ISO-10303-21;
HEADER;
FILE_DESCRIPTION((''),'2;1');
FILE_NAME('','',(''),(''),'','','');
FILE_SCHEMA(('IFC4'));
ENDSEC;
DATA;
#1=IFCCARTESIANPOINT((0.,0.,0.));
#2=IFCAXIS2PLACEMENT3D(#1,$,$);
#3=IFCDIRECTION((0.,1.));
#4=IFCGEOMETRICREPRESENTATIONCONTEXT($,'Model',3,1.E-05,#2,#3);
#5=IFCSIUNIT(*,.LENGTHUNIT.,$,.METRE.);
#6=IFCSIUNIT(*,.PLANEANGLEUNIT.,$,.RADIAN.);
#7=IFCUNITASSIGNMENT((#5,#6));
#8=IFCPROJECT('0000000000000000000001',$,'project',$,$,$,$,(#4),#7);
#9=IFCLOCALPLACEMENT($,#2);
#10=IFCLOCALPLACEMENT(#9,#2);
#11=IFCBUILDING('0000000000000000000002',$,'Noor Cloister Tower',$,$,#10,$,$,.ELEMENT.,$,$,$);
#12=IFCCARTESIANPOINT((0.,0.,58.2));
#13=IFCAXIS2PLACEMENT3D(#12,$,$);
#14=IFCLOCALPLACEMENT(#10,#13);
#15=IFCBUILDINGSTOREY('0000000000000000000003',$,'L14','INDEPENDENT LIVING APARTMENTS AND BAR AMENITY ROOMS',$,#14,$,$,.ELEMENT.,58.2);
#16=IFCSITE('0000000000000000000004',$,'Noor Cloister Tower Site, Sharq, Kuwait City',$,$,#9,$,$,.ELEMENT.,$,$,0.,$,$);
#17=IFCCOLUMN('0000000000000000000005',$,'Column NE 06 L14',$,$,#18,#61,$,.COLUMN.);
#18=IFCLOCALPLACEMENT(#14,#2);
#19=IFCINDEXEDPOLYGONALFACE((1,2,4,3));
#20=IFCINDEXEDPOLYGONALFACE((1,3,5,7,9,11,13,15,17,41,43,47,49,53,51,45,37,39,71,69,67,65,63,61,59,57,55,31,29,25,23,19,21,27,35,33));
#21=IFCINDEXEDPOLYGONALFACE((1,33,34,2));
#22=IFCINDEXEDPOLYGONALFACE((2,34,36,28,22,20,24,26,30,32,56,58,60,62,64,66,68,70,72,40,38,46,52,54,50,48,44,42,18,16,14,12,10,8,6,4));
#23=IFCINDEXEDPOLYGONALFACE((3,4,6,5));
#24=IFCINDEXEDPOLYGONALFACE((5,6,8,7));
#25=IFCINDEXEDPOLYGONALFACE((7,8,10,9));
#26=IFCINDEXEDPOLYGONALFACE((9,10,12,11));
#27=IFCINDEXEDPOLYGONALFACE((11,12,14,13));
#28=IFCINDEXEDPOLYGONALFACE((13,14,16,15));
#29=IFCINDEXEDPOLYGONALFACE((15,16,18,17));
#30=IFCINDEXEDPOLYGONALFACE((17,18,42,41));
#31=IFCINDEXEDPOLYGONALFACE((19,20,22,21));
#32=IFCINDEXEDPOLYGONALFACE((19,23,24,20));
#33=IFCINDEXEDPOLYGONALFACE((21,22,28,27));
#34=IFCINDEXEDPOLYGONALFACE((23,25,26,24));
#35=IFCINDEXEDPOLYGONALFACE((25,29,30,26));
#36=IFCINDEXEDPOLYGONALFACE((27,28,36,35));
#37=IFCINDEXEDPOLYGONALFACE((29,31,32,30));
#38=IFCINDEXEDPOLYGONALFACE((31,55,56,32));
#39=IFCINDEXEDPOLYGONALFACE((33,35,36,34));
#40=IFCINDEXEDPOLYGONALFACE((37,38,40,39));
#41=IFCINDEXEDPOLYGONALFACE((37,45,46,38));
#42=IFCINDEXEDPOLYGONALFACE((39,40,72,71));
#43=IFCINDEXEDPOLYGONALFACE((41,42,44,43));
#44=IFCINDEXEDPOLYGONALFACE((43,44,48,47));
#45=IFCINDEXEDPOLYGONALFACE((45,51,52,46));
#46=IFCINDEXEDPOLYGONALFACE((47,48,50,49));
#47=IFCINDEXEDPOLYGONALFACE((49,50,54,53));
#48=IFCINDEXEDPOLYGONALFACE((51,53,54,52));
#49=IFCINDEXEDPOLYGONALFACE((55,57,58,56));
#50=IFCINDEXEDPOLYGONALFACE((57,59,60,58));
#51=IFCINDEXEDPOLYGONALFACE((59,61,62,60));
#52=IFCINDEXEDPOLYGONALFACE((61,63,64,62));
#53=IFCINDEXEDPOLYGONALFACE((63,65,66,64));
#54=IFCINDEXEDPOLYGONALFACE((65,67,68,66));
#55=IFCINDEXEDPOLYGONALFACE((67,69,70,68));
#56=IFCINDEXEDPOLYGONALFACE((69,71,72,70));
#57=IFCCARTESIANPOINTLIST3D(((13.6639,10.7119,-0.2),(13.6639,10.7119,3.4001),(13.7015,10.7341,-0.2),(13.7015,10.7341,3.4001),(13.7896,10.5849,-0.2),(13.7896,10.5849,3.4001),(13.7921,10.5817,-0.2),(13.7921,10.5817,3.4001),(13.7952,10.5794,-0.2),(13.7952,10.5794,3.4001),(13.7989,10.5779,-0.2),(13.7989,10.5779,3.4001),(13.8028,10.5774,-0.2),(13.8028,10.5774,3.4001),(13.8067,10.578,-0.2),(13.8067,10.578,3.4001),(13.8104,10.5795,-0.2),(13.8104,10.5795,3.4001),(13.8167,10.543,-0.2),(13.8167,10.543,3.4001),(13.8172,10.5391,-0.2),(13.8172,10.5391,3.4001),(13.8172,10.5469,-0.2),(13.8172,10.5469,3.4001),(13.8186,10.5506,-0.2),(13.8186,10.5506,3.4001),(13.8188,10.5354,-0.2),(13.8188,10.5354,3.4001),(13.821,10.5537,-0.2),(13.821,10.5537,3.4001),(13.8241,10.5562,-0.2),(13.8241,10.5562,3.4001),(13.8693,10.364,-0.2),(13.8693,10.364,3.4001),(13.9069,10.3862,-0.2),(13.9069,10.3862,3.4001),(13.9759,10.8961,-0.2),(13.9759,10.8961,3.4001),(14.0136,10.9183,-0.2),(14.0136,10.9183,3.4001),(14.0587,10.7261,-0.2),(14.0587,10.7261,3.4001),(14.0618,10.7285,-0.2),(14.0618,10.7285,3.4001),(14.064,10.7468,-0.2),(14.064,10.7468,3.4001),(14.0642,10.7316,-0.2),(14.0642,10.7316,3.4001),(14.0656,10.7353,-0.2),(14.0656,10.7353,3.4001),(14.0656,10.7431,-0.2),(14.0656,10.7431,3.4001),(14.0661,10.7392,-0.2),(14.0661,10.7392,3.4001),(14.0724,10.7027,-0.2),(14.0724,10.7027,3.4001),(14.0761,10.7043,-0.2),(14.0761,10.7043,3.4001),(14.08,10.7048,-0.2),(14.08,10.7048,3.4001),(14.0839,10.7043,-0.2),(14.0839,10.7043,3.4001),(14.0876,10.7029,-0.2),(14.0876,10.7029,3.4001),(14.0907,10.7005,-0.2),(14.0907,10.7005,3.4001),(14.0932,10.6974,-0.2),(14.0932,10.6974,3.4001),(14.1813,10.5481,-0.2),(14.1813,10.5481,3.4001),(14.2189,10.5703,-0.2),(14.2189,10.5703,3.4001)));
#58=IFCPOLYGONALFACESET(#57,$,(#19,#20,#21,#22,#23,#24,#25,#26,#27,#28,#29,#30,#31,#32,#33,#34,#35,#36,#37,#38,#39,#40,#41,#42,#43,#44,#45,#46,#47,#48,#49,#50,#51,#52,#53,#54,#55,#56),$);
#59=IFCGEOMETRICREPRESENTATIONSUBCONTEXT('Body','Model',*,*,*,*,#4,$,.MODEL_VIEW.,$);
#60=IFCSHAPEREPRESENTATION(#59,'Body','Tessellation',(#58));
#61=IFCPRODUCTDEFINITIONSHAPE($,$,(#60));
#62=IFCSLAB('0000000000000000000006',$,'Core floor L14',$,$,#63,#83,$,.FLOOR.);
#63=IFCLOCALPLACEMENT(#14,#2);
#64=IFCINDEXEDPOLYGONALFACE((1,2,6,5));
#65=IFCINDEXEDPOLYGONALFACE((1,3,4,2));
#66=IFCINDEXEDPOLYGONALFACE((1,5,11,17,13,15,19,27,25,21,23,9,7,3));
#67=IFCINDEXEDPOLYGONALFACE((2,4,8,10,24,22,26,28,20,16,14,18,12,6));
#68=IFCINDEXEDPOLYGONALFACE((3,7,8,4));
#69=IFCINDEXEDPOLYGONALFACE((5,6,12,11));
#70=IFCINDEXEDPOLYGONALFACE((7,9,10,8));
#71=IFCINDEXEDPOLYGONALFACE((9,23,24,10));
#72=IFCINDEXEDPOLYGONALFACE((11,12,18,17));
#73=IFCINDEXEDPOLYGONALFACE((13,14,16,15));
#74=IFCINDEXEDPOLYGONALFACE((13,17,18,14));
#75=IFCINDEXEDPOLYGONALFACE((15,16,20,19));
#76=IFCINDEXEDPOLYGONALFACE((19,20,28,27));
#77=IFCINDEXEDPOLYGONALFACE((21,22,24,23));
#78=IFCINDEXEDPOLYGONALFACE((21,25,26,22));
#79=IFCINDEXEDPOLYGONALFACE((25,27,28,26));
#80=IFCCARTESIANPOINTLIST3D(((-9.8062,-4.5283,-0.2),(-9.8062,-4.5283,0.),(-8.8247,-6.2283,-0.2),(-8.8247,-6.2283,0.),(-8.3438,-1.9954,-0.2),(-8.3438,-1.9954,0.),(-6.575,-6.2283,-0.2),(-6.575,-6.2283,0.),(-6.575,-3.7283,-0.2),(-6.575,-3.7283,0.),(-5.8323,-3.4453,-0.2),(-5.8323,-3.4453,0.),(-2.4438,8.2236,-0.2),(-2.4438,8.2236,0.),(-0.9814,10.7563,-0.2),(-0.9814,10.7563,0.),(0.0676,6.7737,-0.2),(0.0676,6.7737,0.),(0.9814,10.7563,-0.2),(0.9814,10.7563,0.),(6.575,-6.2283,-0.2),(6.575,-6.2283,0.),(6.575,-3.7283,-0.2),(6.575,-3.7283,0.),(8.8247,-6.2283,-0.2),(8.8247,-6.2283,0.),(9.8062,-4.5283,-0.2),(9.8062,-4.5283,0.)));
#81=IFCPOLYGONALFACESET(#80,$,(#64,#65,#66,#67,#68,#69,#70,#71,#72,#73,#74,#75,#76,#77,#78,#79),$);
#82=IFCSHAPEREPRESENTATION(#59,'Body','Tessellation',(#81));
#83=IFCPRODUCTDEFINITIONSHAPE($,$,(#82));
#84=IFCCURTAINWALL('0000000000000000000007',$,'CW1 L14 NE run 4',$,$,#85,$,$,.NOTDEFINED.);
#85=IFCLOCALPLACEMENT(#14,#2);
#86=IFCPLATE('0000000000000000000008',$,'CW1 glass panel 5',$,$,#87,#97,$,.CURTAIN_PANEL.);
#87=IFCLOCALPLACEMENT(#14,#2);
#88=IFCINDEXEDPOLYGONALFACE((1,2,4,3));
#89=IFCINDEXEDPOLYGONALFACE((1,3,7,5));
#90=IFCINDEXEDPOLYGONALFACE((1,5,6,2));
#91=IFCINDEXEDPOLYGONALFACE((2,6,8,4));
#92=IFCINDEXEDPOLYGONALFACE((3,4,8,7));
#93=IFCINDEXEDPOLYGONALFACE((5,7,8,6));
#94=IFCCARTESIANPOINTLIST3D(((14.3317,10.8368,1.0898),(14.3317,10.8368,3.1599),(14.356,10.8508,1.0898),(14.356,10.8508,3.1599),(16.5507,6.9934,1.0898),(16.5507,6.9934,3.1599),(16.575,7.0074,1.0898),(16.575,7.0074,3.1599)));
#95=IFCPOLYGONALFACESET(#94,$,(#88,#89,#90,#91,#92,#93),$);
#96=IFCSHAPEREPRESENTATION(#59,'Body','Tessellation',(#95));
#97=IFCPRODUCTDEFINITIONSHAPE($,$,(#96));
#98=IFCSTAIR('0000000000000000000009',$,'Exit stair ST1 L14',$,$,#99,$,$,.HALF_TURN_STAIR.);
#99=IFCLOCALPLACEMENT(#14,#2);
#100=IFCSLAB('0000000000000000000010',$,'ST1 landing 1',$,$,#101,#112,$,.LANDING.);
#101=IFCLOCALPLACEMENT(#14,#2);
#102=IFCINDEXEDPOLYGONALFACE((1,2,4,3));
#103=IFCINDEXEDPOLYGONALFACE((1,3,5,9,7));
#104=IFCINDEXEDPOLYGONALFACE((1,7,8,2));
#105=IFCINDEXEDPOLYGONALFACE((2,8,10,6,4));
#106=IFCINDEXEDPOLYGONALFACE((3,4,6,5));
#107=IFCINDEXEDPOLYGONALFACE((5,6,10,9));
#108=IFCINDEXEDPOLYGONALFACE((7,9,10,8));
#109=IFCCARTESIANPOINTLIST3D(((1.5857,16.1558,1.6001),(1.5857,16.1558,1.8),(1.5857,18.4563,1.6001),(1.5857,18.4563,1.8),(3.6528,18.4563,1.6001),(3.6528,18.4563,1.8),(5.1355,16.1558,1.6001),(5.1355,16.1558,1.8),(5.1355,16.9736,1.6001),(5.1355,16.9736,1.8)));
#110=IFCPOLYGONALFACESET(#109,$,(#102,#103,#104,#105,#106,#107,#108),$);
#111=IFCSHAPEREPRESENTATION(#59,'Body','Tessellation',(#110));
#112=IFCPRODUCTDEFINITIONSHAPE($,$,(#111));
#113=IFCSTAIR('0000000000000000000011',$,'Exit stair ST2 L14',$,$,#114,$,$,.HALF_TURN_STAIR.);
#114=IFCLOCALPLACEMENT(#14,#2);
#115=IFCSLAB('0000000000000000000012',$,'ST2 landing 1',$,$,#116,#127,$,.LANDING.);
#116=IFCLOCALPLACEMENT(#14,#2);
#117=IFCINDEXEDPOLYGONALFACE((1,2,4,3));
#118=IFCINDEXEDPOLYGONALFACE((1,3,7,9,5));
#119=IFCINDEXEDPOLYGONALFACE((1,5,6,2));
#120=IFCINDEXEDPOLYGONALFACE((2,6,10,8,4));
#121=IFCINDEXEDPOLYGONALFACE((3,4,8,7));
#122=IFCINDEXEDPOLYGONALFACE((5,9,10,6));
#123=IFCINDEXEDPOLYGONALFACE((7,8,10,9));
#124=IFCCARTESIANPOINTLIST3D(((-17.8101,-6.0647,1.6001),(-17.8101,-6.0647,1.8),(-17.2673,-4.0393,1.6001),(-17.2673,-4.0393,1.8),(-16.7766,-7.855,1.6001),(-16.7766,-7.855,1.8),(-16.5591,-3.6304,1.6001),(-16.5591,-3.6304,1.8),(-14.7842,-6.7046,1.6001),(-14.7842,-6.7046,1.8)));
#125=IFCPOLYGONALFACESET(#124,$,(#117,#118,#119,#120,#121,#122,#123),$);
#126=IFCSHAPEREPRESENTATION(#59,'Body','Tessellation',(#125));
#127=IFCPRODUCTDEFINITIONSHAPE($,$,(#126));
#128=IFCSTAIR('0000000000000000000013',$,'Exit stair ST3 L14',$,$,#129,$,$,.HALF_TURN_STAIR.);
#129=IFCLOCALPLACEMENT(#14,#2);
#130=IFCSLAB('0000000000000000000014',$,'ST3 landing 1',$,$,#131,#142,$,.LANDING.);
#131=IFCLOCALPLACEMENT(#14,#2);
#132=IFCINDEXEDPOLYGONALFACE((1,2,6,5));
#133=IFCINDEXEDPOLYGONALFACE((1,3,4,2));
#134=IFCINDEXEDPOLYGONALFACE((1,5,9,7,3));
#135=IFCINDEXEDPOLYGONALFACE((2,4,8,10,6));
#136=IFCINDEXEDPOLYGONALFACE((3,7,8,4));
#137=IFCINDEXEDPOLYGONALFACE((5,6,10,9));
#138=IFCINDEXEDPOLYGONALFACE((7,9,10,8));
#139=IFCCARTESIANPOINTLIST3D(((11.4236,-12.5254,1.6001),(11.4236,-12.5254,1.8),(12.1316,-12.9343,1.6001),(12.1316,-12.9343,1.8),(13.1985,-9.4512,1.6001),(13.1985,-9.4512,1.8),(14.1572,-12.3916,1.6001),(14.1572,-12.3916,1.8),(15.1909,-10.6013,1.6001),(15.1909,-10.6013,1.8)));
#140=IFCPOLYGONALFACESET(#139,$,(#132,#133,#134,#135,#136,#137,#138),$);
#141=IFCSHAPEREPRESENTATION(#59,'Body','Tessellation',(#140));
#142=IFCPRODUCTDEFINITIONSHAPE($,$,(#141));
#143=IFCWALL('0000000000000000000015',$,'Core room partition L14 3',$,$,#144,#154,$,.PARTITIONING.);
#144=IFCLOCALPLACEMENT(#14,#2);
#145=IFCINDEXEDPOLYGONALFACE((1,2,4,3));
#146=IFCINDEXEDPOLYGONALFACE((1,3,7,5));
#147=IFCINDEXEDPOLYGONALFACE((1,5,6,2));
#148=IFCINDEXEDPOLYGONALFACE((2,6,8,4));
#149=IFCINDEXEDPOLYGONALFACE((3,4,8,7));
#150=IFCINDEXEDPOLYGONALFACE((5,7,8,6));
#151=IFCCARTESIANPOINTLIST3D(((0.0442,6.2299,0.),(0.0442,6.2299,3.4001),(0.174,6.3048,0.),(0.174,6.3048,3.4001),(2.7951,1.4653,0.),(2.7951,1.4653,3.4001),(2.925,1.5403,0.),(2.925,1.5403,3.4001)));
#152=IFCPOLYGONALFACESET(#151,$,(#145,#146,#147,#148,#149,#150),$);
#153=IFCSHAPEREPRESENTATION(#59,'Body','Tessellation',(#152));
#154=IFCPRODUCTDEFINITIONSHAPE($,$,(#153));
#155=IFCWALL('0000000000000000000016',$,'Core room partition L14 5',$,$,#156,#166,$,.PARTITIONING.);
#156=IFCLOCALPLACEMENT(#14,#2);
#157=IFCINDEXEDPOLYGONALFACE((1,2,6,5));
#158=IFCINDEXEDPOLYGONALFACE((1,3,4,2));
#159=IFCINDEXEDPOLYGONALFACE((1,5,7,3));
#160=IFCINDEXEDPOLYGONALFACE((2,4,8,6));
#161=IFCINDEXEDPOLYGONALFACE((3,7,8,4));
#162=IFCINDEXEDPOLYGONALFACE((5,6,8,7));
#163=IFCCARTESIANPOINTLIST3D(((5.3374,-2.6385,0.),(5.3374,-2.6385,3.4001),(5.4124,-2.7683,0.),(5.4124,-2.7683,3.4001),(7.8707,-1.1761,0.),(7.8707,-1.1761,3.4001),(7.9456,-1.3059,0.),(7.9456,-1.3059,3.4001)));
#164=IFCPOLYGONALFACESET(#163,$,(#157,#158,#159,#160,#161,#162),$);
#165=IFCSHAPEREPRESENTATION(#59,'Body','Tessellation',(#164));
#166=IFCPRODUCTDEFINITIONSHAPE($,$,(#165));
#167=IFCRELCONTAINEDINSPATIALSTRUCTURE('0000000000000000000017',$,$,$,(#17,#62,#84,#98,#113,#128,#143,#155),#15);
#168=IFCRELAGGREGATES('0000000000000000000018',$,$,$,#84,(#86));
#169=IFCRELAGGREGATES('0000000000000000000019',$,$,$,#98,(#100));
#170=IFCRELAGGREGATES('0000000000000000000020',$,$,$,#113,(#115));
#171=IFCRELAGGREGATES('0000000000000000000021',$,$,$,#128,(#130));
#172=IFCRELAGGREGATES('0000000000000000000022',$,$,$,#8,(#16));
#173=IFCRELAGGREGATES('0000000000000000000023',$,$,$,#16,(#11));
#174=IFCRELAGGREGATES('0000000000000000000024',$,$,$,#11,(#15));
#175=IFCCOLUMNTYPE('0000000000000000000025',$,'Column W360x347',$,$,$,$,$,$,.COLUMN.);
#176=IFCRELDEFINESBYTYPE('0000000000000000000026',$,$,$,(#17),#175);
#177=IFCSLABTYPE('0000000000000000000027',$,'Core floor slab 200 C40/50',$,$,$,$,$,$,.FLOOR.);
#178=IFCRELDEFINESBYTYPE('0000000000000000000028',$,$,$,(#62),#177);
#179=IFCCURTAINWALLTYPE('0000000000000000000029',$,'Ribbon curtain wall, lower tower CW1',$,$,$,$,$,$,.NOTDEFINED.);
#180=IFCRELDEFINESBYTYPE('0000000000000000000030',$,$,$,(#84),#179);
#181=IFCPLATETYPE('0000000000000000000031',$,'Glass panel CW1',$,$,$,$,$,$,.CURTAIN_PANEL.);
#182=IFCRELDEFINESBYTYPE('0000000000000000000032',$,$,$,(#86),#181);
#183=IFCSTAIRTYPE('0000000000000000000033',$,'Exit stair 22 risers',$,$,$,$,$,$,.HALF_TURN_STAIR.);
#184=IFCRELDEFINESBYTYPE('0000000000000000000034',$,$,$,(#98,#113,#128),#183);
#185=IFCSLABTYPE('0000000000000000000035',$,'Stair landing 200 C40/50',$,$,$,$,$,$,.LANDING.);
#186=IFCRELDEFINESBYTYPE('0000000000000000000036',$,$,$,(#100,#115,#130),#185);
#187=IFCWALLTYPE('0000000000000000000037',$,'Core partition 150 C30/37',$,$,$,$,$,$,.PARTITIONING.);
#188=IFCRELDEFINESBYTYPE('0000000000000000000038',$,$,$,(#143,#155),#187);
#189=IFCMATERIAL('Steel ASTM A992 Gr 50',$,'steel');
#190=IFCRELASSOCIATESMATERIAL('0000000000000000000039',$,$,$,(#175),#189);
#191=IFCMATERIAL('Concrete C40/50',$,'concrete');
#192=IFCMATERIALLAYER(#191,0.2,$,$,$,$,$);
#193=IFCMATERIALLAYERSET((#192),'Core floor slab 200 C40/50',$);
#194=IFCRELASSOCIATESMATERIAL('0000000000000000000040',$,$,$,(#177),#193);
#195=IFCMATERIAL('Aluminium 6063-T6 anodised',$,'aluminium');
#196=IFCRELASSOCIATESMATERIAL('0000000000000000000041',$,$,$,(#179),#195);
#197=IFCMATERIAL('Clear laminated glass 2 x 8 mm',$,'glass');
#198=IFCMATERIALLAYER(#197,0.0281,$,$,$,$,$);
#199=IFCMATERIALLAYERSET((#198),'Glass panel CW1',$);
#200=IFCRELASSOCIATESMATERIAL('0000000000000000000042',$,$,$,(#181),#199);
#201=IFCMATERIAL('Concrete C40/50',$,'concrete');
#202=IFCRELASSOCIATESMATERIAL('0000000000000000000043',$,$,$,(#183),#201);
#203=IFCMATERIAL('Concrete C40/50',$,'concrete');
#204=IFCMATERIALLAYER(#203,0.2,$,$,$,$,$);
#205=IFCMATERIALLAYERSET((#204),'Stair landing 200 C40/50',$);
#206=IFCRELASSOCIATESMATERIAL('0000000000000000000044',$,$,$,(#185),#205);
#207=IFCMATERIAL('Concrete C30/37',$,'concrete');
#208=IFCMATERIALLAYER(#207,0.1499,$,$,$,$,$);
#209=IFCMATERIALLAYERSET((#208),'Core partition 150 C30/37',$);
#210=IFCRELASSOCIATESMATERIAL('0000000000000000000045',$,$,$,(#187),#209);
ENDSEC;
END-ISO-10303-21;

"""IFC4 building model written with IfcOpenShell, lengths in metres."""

from ifc_helpers import new_model, si_unit, direction, frame, frame_2d, origin, origin_2d, place, context, subcontext, project, spatial, polyline, rectangle, i_section, outline, extrude, material, layer, layer_set, material_profile, profile_set, type_object, element, aggregate, save


model = new_model("IFC4")

# Units and contexts
model_context = context("Model", 3, precision=1e-05, world=origin(), true_north=direction((0.0, 1.0)))
body_context = subcontext(model_context, "Body", "Model", "MODEL_VIEW")
ifc_project = project(units=[si_unit("LENGTHUNIT", "METRE"), si_unit("PLANEANGLEUNIT", "RADIAN")], contexts=[model_context])

# Site, building, storey
site_placement = place(None, origin())
site = spatial("IfcSite", under=ifc_project, at=site_placement, Name="Noor Cloister Tower Site, Sharq, Kuwait City", CompositionType="ELEMENT", RefElevation=0.0)
building_placement = place(site_placement, origin())
building = spatial("IfcBuilding", under=site, at=building_placement, Name="Noor Cloister Tower", CompositionType="ELEMENT")
storey_placement = place(building_placement, frame((0.0, 0.0, 58.2)))
storey = spatial("IfcBuildingStorey", under=building, at=storey_placement, Name="L14", Description="INDEPENDENT LIVING APARTMENTS AND BAR AMENITY ROOMS", CompositionType="ELEMENT", Elevation=58.2)

# Column
ifc_material_1 = material(Name="Steel ASTM A992 Gr 50", Category="steel")
ifc_material_profile = material_profile(ifc_material_1, i_section(OverallWidth=0.4041, OverallDepth=0.406, WebThickness=0.0271, FlangeThickness=0.0437, FilletRadius=0.0151, at=origin_2d()), Name="W360x347")
ifc_profile_set = profile_set([ifc_material_profile], Name="Steel ASTM A992 Gr 50")
column_type = type_object("IfcColumnType", Name="Column W360x347", PredefinedType="COLUMN", material=ifc_profile_set)
column_placement = place(storey_placement, frame((13.9414, 10.6411, -0.2), z_axis=(0.0, 0.0, 1.0), x_axis=(-0.508246, 0.861212, 0.0)))
element("IfcColumn", 1, at=column_placement, inside=storey, type_object=column_type, Name="Column NE 06 L14", PredefinedType="COLUMN", context=body_context, shape_type="SweptSolid", body=[
    extrude(i_section(OverallWidth=0.4041, OverallDepth=0.406, WebThickness=0.0271, FlangeThickness=0.0437, FilletRadius=0.0151, at=origin_2d()), origin(), (0.0, 0.0, 1.0), 3.6001),
])

# Slab
ifc_material_2 = material(Name="Concrete C40/50", Category="concrete")
ifc_layer_1 = layer(ifc_material_2, 0.2)
ifc_layer_set_1 = layer_set([ifc_layer_1], Name="Core floor slab 200 C40/50")
slab_type_1 = type_object("IfcSlabType", Name="Core floor slab 200 C40/50", PredefinedType="FLOOR", material=ifc_layer_set_1)
slab_1_placement = place(storey_placement, frame((0.0, 0.0, -0.2)))
element("IfcSlab", 2, at=slab_1_placement, inside=storey, type_object=slab_type_1, Name="Core floor L14", PredefinedType="FLOOR", context=body_context, shape_type="SweptSolid", body=[
    extrude(outline(polyline([(-6.575, -6.2283), (-6.575, -3.7283), (6.575, -3.7283), (6.575, -6.2283), (8.8247, -6.2283), (9.8062, -4.5283), (0.9814, 10.7563), (-0.9814, 10.7563), (-2.4438, 8.2236), (0.0676, 6.7737), (-5.8323, -3.4453), (-8.3438, -1.9954), (-9.8062, -4.5283), (-8.8247, -6.2283), (-6.575, -6.2283)])), origin(), (0.0, 0.0, 1.0), 0.2),
])

# Curtain wall, plate
ifc_material_3 = material(Name="Aluminium 6063-T6 anodised", Category="aluminium")
curtain_wall_type = type_object("IfcCurtainWallType", Name="Ribbon curtain wall, lower tower CW1", PredefinedType="NOTDEFINED", material=ifc_material_3)
curtain_wall_placement = place(storey_placement, origin())
curtain_wall = element("IfcCurtainWall", 3, at=curtain_wall_placement, inside=storey, type_object=curtain_wall_type, Name="CW1 L14 NE run 4", PredefinedType="NOTDEFINED")
ifc_material_4 = material(Name="Clear laminated glass 2 x 8 mm", Category="glass")
ifc_layer_2 = layer(ifc_material_4, 0.0281)
ifc_layer_set_2 = layer_set([ifc_layer_2], Name="Glass panel CW1")
plate_type = type_object("IfcPlateType", Name="Glass panel CW1", PredefinedType="CURTAIN_PANEL", material=ifc_layer_set_2)
plate_placement = place(storey_placement, frame((15.4534, 8.9221, 1.0898), z_axis=(0.0, 0.0, 1.0), x_axis=(-0.5, 0.866025, 0.0)))
plate = element("IfcPlate", 4, at=plate_placement, type_object=plate_type, Name="CW1 glass panel 5", PredefinedType="CURTAIN_PANEL", context=body_context, shape_type="SweptSolid", body=[
    extrude(rectangle(XDim=4.438, YDim=0.0281, at=origin_2d()), origin(), (0.0, 0.0, 1.0), 2.0701),
])
aggregate(curtain_wall, [plate])

# Stairs, slabs
ifc_material_5 = material(Name="Concrete C40/50", Category="concrete")
stair_type = type_object("IfcStairType", Name="Exit stair 22 risers", PredefinedType="HALF_TURN_STAIR", material=ifc_material_5)
stair_1_placement = place(storey_placement, origin())
stair_1 = element("IfcStair", 5, at=stair_1_placement, inside=storey, type_object=stair_type, Name="Exit stair ST1 L14", PredefinedType="HALF_TURN_STAIR")
ifc_material_6 = material(Name="Concrete C40/50", Category="concrete")
ifc_layer_3 = layer(ifc_material_6, 0.2)
ifc_layer_set_3 = layer_set([ifc_layer_3], Name="Stair landing 200 C40/50")
slab_type_2 = type_object("IfcSlabType", Name="Stair landing 200 C40/50", PredefinedType="LANDING", material=ifc_layer_set_3)
slab_2_placement = place(storey_placement, frame((0.0, 0.0, 1.6001)))
slab_2 = element("IfcSlab", 6, at=slab_2_placement, type_object=slab_type_2, Name="ST1 landing 1", PredefinedType="LANDING", context=body_context, shape_type="SweptSolid", body=[
    extrude(outline(polyline([(5.1355, 16.1558), (5.1355, 16.9736), (3.6528, 18.4563), (1.5857, 18.4563), (1.5857, 16.1558), (5.1355, 16.1558)])), origin(), (0.0, 0.0, 1.0), 0.2),
])
aggregate(stair_1, [slab_2])
stair_2_placement = place(storey_placement, origin())
stair_2 = element("IfcStair", 7, at=stair_2_placement, inside=storey, type_object=stair_type, Name="Exit stair ST2 L14", PredefinedType="HALF_TURN_STAIR")
slab_3_placement = place(storey_placement, frame((0.0, 0.0, 1.6001)))
slab_3 = element("IfcSlab", 8, at=slab_3_placement, type_object=slab_type_2, Name="ST2 landing 1", PredefinedType="LANDING", context=body_context, shape_type="SweptSolid", body=[
    extrude(outline(polyline([(-16.5591, -3.6304), (-17.2673, -4.0393), (-17.8101, -6.0647), (-16.7766, -7.855), (-14.7842, -6.7046), (-16.5591, -3.6304)])), origin(), (0.0, 0.0, 1.0), 0.2),
])
aggregate(stair_2, [slab_3])
stair_3_placement = place(storey_placement, origin())
stair_3 = element("IfcStair", 9, at=stair_3_placement, inside=storey, type_object=stair_type, Name="Exit stair ST3 L14", PredefinedType="HALF_TURN_STAIR")
slab_4_placement = place(storey_placement, frame((0.0, 0.0, 1.6001)))
slab_4 = element("IfcSlab", 10, at=slab_4_placement, type_object=slab_type_2, Name="ST3 landing 1", PredefinedType="LANDING", context=body_context, shape_type="SweptSolid", body=[
    extrude(outline(polyline([(11.4236, -12.5254), (12.1316, -12.9343), (14.1572, -12.3916), (15.1909, -10.6013), (13.1985, -9.4512), (11.4236, -12.5254)])), origin(), (0.0, 0.0, 1.0), 0.2),
])
aggregate(stair_3, [slab_4])

# Walls
ifc_material_7 = material(Name="Concrete C30/37", Category="concrete")
ifc_layer_4 = layer(ifc_material_7, 0.1499)
ifc_layer_set_4 = layer_set([ifc_layer_4], Name="Core partition 150 C30/37")
wall_type_1 = type_object("IfcWallType", Name="Core partition 150 C30/37", PredefinedType="PARTITIONING", material=ifc_layer_set_4)
wall_1_placement = place(storey_placement, frame((2.8601, 1.5027, 0.0), z_axis=(0.0, 0.0, 1.0), x_axis=(-0.500014, 0.866017, 0.0)))
element("IfcWall", 11, at=wall_1_placement, inside=storey, type_object=wall_type_1, Name="Core room partition L14 3", PredefinedType="PARTITIONING", context=body_context, shape_type="SweptSolid", body=[
    extrude(rectangle(XDim=5.5017, YDim=0.1499, at=frame_2d((2.751, 0.0))), origin(), (0.0, 0.0, 1.0), 3.4001),
])
wall_2_placement = place(storey_placement, frame((5.375, -2.7034, 0.0), z_axis=(0.0, 0.0, 1.0), x_axis=(0.866047, 0.499963, 0.0)))
element("IfcWall", 12, at=wall_2_placement, inside=storey, type_object=wall_type_1, Name="Core room partition L14 5", PredefinedType="PARTITIONING", context=body_context, shape_type="SweptSolid", body=[
    extrude(rectangle(XDim=2.925, YDim=0.1499, at=frame_2d((1.4624, 0.0))), origin(), (0.0, 0.0, 1.0), 3.4001),
])

save(model, "model.ifc")
